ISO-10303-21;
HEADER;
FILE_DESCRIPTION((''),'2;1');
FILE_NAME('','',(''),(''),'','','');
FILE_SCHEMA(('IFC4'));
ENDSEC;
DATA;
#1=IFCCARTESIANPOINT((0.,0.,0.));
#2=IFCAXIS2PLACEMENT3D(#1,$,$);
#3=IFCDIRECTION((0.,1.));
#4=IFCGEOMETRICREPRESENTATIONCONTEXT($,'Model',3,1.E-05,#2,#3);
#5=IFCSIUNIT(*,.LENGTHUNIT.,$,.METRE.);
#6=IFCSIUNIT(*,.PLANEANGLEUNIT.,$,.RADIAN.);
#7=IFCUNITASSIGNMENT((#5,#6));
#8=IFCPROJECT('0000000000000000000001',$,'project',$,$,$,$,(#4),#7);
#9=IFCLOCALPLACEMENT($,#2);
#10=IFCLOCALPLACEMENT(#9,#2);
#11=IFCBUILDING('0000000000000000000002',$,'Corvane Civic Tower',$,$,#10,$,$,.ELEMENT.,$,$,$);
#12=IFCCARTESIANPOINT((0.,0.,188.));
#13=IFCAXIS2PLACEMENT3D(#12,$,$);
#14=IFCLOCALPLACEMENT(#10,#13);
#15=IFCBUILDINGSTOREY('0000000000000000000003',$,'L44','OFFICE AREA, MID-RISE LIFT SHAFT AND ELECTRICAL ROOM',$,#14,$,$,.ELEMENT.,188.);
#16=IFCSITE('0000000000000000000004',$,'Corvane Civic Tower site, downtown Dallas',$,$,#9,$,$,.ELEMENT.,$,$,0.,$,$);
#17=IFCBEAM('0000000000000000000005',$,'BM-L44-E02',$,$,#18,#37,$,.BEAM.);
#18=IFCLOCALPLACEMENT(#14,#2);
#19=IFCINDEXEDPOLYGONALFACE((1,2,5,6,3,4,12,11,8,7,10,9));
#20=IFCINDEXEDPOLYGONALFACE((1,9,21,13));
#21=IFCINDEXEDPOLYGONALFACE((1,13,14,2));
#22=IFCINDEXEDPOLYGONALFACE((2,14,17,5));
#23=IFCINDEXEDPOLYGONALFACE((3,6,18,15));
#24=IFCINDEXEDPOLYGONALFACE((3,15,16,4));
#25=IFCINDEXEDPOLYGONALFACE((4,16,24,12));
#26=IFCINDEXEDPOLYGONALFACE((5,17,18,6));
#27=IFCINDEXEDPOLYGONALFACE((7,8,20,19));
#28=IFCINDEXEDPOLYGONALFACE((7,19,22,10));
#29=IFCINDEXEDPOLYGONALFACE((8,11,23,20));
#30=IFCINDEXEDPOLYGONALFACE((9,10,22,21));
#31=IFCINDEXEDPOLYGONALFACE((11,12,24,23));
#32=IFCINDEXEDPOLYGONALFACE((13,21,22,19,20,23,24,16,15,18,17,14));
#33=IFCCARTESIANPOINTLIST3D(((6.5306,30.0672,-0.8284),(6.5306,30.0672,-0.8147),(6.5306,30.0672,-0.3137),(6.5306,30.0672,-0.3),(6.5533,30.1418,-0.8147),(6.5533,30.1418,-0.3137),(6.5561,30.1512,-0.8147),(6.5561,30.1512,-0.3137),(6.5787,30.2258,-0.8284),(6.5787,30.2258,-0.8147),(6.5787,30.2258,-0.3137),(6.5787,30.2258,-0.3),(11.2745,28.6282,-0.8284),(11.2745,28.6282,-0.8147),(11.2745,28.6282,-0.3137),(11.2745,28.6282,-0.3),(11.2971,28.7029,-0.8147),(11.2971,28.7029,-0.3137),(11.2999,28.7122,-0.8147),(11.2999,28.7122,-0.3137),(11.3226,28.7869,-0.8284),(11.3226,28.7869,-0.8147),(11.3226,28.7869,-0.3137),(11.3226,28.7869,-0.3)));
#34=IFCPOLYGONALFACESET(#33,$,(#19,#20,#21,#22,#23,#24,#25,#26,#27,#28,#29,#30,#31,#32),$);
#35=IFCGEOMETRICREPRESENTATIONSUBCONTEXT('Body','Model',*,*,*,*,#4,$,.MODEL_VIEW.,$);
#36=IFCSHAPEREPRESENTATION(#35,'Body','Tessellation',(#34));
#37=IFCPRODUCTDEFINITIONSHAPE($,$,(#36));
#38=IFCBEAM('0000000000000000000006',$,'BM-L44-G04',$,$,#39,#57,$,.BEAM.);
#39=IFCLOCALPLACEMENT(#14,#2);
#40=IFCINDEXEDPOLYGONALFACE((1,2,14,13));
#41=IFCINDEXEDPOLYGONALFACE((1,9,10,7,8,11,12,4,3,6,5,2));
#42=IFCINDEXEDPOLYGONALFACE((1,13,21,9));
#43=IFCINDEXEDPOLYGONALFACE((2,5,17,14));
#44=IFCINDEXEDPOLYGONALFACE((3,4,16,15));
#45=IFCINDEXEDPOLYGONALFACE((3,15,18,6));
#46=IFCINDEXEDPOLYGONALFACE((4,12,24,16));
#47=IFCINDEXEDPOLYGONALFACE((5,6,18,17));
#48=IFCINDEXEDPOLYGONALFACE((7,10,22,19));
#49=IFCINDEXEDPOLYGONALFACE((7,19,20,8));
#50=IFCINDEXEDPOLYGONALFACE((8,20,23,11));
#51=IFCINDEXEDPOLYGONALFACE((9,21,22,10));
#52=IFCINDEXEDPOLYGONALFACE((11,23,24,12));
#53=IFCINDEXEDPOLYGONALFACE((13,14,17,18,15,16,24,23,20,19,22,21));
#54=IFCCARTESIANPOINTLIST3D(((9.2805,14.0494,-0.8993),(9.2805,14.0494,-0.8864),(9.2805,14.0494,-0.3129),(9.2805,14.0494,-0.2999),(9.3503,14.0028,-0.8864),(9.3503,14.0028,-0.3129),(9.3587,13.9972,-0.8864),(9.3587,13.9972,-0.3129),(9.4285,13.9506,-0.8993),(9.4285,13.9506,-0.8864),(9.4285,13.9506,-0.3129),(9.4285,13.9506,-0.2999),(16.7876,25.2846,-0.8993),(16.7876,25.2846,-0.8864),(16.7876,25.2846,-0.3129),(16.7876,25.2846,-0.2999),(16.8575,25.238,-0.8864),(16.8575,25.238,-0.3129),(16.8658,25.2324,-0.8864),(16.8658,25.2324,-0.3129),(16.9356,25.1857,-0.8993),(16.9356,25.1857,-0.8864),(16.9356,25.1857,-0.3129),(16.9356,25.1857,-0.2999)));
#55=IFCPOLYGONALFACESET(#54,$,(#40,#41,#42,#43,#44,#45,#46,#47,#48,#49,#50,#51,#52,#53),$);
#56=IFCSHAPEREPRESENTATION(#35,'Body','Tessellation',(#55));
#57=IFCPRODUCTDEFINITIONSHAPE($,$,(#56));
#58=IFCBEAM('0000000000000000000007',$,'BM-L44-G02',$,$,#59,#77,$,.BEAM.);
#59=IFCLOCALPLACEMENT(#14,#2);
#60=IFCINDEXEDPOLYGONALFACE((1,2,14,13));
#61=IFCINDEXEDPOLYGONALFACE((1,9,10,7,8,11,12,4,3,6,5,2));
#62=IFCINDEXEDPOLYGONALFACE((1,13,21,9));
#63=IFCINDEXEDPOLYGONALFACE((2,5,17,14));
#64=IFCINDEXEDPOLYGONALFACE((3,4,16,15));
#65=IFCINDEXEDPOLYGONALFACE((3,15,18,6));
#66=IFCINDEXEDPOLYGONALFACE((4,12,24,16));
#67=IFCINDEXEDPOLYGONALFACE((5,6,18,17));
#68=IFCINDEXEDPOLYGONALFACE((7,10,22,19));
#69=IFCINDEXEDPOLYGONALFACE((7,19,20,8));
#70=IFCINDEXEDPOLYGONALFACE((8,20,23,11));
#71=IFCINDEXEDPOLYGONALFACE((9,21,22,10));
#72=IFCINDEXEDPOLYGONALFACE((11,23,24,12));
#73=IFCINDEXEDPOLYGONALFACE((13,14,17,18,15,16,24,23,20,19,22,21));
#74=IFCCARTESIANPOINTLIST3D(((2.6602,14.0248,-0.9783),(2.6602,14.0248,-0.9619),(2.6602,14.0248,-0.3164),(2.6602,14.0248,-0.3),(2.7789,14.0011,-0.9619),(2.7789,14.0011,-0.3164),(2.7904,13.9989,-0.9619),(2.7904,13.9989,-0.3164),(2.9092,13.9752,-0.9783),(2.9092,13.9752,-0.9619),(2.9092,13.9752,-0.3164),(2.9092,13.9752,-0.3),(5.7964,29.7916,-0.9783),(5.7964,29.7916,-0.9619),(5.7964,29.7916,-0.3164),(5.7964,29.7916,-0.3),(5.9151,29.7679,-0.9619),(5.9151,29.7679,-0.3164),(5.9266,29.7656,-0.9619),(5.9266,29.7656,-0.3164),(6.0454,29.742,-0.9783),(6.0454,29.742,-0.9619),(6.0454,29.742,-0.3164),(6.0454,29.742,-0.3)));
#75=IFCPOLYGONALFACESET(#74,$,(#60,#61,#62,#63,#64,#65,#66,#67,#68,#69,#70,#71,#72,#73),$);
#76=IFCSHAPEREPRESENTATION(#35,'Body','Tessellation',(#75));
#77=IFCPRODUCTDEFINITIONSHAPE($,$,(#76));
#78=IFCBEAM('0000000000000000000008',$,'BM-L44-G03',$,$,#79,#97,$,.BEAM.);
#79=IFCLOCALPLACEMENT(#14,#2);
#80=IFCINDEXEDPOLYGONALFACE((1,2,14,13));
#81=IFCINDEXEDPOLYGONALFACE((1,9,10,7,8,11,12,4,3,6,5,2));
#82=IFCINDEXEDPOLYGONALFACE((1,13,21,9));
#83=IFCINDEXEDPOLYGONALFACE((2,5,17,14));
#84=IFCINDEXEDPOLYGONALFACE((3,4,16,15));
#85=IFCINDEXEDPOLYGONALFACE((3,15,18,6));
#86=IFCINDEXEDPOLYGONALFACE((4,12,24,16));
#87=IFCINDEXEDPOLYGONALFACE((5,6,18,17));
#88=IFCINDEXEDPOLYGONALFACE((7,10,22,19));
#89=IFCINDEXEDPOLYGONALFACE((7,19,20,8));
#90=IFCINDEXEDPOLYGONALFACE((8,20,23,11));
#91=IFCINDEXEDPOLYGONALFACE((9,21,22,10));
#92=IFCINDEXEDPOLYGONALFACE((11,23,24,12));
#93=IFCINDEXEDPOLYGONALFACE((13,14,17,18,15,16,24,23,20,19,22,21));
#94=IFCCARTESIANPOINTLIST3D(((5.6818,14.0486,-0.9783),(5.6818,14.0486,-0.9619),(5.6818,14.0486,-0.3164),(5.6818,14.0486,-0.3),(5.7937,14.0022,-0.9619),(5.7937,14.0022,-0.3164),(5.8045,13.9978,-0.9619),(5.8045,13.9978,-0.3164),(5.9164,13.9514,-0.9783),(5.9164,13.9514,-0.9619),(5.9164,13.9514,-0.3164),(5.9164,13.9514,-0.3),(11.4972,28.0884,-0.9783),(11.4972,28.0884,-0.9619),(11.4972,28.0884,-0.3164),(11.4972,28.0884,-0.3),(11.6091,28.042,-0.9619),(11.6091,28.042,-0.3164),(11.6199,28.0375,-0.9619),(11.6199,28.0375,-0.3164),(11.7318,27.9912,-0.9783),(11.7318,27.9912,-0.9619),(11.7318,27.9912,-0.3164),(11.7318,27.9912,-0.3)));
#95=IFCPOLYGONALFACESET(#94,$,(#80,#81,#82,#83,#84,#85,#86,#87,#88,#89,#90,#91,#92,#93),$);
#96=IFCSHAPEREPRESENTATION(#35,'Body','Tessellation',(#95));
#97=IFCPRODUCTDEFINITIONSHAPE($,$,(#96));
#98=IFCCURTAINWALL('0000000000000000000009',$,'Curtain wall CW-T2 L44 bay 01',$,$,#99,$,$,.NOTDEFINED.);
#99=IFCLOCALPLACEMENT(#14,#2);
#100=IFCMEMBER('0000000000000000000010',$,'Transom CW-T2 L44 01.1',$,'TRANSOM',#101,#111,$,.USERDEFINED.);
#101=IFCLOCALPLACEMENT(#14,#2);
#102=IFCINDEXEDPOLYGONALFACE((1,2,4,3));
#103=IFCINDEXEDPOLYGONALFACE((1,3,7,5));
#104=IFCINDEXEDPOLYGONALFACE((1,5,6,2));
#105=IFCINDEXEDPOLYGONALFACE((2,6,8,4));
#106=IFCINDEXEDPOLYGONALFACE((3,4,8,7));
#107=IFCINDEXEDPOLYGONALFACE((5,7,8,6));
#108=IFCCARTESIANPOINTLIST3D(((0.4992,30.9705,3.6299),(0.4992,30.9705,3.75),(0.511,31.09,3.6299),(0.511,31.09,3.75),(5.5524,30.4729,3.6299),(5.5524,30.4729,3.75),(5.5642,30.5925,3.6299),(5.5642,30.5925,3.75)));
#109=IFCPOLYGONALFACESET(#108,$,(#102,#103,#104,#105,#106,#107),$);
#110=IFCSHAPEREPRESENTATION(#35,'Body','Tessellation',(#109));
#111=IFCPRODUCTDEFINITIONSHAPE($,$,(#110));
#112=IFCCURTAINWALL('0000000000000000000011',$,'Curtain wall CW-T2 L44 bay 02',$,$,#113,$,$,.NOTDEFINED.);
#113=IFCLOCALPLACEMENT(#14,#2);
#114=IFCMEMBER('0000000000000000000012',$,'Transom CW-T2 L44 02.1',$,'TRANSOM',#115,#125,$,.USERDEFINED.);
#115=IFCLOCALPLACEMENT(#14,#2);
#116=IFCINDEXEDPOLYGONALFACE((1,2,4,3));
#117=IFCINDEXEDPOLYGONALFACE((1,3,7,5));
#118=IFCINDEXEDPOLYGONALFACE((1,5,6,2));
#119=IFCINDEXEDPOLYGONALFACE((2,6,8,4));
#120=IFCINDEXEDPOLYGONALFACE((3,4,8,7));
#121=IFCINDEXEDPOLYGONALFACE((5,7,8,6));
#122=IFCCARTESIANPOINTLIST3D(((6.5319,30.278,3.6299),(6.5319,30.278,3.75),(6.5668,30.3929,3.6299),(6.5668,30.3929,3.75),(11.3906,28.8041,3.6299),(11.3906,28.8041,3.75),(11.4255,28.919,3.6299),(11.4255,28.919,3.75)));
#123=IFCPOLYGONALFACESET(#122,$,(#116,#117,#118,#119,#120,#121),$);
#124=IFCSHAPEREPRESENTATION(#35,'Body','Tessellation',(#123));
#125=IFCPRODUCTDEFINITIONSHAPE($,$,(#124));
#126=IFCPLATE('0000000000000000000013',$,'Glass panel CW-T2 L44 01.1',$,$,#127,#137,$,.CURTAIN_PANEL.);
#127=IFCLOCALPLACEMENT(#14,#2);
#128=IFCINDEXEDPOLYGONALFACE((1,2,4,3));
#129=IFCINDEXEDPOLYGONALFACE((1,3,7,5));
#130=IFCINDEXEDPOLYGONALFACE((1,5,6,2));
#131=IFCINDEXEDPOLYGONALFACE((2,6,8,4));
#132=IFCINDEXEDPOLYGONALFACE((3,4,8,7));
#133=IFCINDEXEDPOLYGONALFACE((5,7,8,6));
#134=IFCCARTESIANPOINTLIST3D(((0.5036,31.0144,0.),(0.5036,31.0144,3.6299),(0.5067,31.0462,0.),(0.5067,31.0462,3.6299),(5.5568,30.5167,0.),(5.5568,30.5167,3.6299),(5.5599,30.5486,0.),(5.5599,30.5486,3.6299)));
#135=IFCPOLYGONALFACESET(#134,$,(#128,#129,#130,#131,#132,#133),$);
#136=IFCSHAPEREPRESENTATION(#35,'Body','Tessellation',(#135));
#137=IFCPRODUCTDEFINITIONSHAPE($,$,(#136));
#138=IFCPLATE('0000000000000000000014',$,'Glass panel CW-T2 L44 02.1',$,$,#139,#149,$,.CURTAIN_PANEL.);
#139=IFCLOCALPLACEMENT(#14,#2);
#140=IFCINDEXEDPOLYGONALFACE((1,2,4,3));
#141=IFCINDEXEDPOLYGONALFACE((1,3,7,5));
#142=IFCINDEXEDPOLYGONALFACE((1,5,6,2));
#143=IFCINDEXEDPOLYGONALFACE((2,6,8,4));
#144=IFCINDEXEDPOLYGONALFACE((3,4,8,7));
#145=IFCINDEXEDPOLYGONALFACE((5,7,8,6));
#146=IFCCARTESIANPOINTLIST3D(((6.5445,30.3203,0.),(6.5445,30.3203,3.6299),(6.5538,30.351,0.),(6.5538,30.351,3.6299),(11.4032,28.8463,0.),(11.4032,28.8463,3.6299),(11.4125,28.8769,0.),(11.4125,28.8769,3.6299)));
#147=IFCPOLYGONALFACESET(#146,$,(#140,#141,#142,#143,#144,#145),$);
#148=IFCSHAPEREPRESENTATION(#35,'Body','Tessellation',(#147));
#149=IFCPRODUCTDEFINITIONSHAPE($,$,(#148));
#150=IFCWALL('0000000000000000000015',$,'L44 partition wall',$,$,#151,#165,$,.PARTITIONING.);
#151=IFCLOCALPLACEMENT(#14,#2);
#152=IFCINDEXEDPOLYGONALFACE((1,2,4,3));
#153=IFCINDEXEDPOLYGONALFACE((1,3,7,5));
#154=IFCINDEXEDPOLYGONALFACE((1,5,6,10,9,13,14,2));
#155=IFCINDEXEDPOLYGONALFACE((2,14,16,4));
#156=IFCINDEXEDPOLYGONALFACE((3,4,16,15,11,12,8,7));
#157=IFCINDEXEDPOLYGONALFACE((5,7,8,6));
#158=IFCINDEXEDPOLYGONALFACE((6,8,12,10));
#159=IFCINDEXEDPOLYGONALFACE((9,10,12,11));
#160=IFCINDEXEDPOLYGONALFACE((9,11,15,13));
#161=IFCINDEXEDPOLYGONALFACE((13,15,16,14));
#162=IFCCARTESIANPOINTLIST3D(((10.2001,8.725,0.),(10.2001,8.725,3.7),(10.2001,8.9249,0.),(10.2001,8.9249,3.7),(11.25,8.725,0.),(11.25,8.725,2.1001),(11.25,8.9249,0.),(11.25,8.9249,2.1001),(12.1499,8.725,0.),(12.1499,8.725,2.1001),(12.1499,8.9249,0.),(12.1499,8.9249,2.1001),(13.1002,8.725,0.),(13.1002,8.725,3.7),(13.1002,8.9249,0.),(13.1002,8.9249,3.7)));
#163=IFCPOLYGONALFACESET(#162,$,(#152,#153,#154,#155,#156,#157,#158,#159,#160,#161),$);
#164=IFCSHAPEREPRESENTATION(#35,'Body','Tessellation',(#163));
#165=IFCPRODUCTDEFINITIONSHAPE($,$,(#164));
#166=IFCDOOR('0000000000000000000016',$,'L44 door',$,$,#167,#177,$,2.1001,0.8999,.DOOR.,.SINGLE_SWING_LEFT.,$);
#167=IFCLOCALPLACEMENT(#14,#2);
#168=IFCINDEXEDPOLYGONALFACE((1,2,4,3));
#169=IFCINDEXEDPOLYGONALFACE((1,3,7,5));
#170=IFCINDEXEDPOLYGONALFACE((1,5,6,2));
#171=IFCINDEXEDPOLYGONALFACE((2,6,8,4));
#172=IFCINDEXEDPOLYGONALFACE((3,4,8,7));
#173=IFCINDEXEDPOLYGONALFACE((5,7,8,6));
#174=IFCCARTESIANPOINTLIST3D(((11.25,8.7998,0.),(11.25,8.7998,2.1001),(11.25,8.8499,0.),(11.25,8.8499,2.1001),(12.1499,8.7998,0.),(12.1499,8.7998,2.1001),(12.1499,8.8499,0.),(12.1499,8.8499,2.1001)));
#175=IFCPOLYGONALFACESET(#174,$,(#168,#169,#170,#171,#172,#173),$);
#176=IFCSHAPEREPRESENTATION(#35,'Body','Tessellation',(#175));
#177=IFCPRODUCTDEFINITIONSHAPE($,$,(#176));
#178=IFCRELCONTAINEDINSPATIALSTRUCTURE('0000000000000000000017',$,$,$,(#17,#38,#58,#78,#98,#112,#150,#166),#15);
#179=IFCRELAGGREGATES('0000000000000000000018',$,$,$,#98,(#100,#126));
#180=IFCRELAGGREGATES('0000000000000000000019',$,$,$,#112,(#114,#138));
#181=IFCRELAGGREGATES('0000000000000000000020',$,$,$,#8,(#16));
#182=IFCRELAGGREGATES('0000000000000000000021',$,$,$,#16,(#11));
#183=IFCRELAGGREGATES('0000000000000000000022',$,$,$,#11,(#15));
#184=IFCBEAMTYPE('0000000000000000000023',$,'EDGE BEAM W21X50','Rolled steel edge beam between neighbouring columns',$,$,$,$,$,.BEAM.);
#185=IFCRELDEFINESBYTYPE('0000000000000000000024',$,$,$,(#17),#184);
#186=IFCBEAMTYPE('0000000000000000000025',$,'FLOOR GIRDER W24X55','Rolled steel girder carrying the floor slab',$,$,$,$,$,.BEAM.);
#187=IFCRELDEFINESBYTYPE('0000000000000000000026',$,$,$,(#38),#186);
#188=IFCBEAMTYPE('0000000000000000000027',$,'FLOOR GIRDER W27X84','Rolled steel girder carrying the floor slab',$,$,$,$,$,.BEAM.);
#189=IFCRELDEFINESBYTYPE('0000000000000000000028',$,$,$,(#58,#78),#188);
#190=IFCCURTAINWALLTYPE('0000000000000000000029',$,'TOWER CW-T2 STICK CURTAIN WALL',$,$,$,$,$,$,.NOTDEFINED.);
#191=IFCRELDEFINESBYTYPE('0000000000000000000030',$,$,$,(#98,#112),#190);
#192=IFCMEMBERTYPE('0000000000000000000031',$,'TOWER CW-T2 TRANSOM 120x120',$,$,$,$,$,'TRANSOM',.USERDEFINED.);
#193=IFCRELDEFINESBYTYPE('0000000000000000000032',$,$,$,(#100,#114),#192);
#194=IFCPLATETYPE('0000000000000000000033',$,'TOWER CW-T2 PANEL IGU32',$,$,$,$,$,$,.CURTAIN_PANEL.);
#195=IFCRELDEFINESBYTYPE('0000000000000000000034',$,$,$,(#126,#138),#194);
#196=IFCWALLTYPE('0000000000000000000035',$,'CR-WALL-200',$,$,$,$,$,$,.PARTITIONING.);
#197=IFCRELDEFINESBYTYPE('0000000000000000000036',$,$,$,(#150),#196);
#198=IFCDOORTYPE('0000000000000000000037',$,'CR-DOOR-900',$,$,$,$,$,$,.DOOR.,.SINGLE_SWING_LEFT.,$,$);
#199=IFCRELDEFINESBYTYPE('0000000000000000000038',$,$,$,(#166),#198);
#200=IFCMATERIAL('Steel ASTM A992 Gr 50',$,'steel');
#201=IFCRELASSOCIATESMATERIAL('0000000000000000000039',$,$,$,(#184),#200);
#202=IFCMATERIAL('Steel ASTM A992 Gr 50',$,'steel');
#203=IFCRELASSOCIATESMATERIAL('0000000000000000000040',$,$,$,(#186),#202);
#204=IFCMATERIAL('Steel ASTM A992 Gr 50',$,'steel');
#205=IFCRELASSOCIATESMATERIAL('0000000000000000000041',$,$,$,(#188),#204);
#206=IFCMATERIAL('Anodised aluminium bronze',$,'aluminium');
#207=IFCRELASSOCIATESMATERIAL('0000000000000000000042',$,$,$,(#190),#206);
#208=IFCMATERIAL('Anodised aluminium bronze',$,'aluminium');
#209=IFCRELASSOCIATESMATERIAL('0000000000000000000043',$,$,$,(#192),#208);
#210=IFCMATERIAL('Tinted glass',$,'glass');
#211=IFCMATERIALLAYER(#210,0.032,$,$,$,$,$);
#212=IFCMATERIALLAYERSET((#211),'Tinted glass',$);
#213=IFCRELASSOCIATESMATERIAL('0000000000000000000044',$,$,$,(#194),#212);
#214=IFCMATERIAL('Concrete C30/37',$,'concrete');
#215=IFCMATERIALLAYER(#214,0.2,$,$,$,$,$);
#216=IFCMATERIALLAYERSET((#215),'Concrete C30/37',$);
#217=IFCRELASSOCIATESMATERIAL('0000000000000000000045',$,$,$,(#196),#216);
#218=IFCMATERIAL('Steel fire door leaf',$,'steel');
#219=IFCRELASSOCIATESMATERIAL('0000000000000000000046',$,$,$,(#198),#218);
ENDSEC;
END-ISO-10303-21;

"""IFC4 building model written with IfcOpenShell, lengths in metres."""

from ifc_helpers import new_model, si_unit, direction, frame, frame_2d, origin, origin_2d, place, context, subcontext, project, spatial, rectangle, i_section, extrude, material, layer, layer_set, material_profile, profile_set, type_object, element, fill, aggregate, save


model = new_model("IFC4")

# Units and contexts
model_context = context("Model", 3, precision=1e-05, world=origin(), true_north=direction((0.0, 1.0)))
body_context = subcontext(model_context, "Body", "Model", "MODEL_VIEW")
ifc_project = project(units=[si_unit("LENGTHUNIT", "METRE"), si_unit("PLANEANGLEUNIT", "RADIAN")], contexts=[model_context])

# Site, building, storey
site_placement = place(None, origin())
site = spatial("IfcSite", under=ifc_project, at=site_placement, Name="Corvane Civic Tower site, downtown Dallas", CompositionType="ELEMENT", RefElevation=0.0)
building_placement = place(site_placement, origin())
building = spatial("IfcBuilding", under=site, at=building_placement, Name="Corvane Civic Tower", CompositionType="ELEMENT")
storey_placement = place(building_placement, frame((0.0, 0.0, 188.0)))
storey = spatial("IfcBuildingStorey", under=building, at=storey_placement, Name="L44", Description="OFFICE AREA, MID-RISE LIFT SHAFT AND ELECTRICAL ROOM", CompositionType="ELEMENT", Elevation=188.0)

# Beams
ifc_material_1 = material(Name="Steel ASTM A992 Gr 50", Category="steel")
ifc_material_profile_1 = material_profile(ifc_material_1, i_section(OverallWidth=0.1658, OverallDepth=0.5283, WebThickness=0.0098, FlangeThickness=0.0137, at=origin_2d()), Name="W21X50")
ifc_profile_set_1 = profile_set([ifc_material_profile_1], Name="Steel ASTM A992 Gr 50")
beam_type_1 = type_object("IfcBeamType", Name="EDGE BEAM W21X50", Description="Rolled steel edge beam between neighbouring columns", PredefinedType="BEAM", material=ifc_profile_set_1)
beam_1_placement = place(storey_placement, frame((6.5547, 30.1465, -0.5642), z_axis=(0.956945, -0.29027, 0.0), x_axis=(0.29027, 0.956945, 0.0)))
element("IfcBeam", 1, at=beam_1_placement, inside=storey, type_object=beam_type_1, Name="BM-L44-E02", PredefinedType="BEAM", context=body_context, shape_type="SweptSolid", body=[
    extrude(i_section(OverallWidth=0.1658, OverallDepth=0.5283, WebThickness=0.0098, FlangeThickness=0.0137, at=origin_2d()), origin(), (0.0, 0.0, 1.0), 4.9573),
])
ifc_material_2 = material(Name="Steel ASTM A992 Gr 50", Category="steel")
ifc_material_profile_2 = material_profile(ifc_material_2, i_section(OverallWidth=0.178, OverallDepth=0.5994, WebThickness=0.01, FlangeThickness=0.0129, at=origin_2d()), Name="W24X55")
ifc_profile_set_2 = profile_set([ifc_material_profile_2], Name="Steel ASTM A992 Gr 50")
beam_type_2 = type_object("IfcBeamType", Name="FLOOR GIRDER W24X55", Description="Rolled steel girder carrying the floor slab", PredefinedType="BEAM", material=ifc_profile_set_2)
beam_2_placement = place(storey_placement, frame((9.3545, 14.0, -0.5996), z_axis=(0.555571, 0.831469, 0.0), x_axis=(-0.831469, 0.555571, 0.0)))
element("IfcBeam", 2, at=beam_2_placement, inside=storey, type_object=beam_type_2, Name="BM-L44-G04", PredefinedType="BEAM", context=body_context, shape_type="SweptSolid", body=[
    extrude(i_section(OverallWidth=0.178, OverallDepth=0.5994, WebThickness=0.01, FlangeThickness=0.0129, at=origin_2d()), origin(), (0.0, 0.0, 1.0), 13.5125),
])
ifc_material_3 = material(Name="Steel ASTM A992 Gr 50", Category="steel")
ifc_material_profile_3 = material_profile(ifc_material_3, i_section(OverallWidth=0.2539, OverallDepth=0.6782, WebThickness=0.0117, FlangeThickness=0.0164, at=origin_2d()), Name="W27X84")
ifc_profile_set_3 = profile_set([ifc_material_profile_3], Name="Steel ASTM A992 Gr 50")
beam_type_3 = type_object("IfcBeamType", Name="FLOOR GIRDER W27X84", Description="Rolled steel girder carrying the floor slab", PredefinedType="BEAM", material=ifc_profile_set_3)
beam_3_placement = place(storey_placement, frame((2.7847, 14.0, -0.6392), z_axis=(0.195091, 0.980785, 0.0), x_axis=(-0.980785, 0.195091, 0.0)))
element("IfcBeam", 3, at=beam_3_placement, inside=storey, type_object=beam_type_3, Name="BM-L44-G02", PredefinedType="BEAM", context=body_context, shape_type="SweptSolid", body=[
    extrude(i_section(OverallWidth=0.2539, OverallDepth=0.6782, WebThickness=0.0117, FlangeThickness=0.0164, at=origin_2d()), origin(), (0.0, 0.0, 1.0), 16.0757),
])
beam_4_placement = place(storey_placement, frame((5.7991, 14.0, -0.6392), z_axis=(0.382681, 0.923881, 0.0), x_axis=(-0.923881, 0.382681, 0.0)))
element("IfcBeam", 4, at=beam_4_placement, inside=storey, type_object=beam_type_3, Name="BM-L44-G03", PredefinedType="BEAM", context=body_context, shape_type="SweptSolid", body=[
    extrude(i_section(OverallWidth=0.2539, OverallDepth=0.6782, WebThickness=0.0117, FlangeThickness=0.0164, at=origin_2d()), origin(), (0.0, 0.0, 1.0), 15.1965),
])

# Curtain walls, members
ifc_material_4 = material(Name="Anodised aluminium bronze", Category="aluminium")
curtain_wall_type = type_object("IfcCurtainWallType", Name="TOWER CW-T2 STICK CURTAIN WALL", PredefinedType="NOTDEFINED", material=ifc_material_4)
curtain_wall_1_placement = place(storey_placement, origin())
curtain_wall_1 = element("IfcCurtainWall", 5, at=curtain_wall_1_placement, inside=storey, type_object=curtain_wall_type, Name="Curtain wall CW-T2 L44 bay 01", PredefinedType="NOTDEFINED")
ifc_material_5 = material(Name="Anodised aluminium bronze", Category="aluminium")
ifc_material_profile_4 = material_profile(ifc_material_5, rectangle(XDim=0.1201, YDim=0.1201, at=origin_2d()), Name="TOWER CW-T2 TRANSOM 120x120")
ifc_profile_set_4 = profile_set([ifc_material_profile_4], Name="Anodised aluminium bronze")
member_type = type_object("IfcMemberType", Name="TOWER CW-T2 TRANSOM 120x120", ElementType="TRANSOM", PredefinedType="USERDEFINED", material=ifc_profile_set_4)
member_1_placement = place(storey_placement, frame((0.5051, 31.0303, 3.6899), z_axis=(0.995187, -0.09799, 0.0), x_axis=(0.09799, 0.995187, 0.0)))
member_1 = element("IfcMember", 6, at=member_1_placement, type_object=member_type, Name="Transom CW-T2 L44 01.1", ObjectType="TRANSOM", PredefinedType="USERDEFINED", context=body_context, shape_type="SweptSolid", body=[
    extrude(rectangle(XDim=0.1201, YDim=0.1201, at=origin_2d()), origin(), (0.0, 0.0, 1.0), 5.0776),
])
curtain_wall_2_placement = place(storey_placement, origin())
curtain_wall_2 = element("IfcCurtainWall", 7, at=curtain_wall_2_placement, inside=storey, type_object=curtain_wall_type, Name="Curtain wall CW-T2 L44 bay 02", PredefinedType="NOTDEFINED")
member_2_placement = place(storey_placement, frame((6.5493, 30.3354, 3.6899), z_axis=(0.956939, -0.290289, 0.0), x_axis=(0.290289, 0.956939, 0.0)))
member_2 = element("IfcMember", 8, at=member_2_placement, type_object=member_type, Name="Transom CW-T2 L44 02.1", ObjectType="TRANSOM", PredefinedType="USERDEFINED", context=body_context, shape_type="SweptSolid", body=[
    extrude(rectangle(XDim=0.1201, YDim=0.1201, at=origin_2d()), origin(), (0.0, 0.0, 1.0), 5.0774),
])

# Plates
ifc_material_6 = material(Name="Tinted glass", Category="glass")
ifc_layer_1 = layer(ifc_material_6, 0.032)
ifc_layer_set_1 = layer_set([ifc_layer_1], Name="Tinted glass")
plate_type = type_object("IfcPlateType", Name="TOWER CW-T2 PANEL IGU32", PredefinedType="CURTAIN_PANEL", material=ifc_layer_set_1)
plate_1_placement = place(storey_placement, frame((3.0317, 30.7815, 0.0), z_axis=(0.0, 0.0, 1.0), x_axis=(0.995185, -0.098012, 0.0)))
plate_1 = element("IfcPlate", 9, at=plate_1_placement, type_object=plate_type, Name="Glass panel CW-T2 L44 01.1", PredefinedType="CURTAIN_PANEL", context=body_context, shape_type="SweptSolid", body=[
    extrude(rectangle(XDim=5.0776, YDim=0.032, at=origin_2d()), origin(), (0.0, 0.0, 1.0), 3.6299),
])
aggregate(curtain_wall_1, [member_1, plate_1])
plate_2_placement = place(storey_placement, frame((8.9785, 29.5986, 0.0), z_axis=(0.0, 0.0, 1.0), x_axis=(0.956932, -0.290313, 0.0)))
plate_2 = element("IfcPlate", 10, at=plate_2_placement, type_object=plate_type, Name="Glass panel CW-T2 L44 02.1", PredefinedType="CURTAIN_PANEL", context=body_context, shape_type="SweptSolid", body=[
    extrude(rectangle(XDim=5.0774, YDim=0.032, at=origin_2d()), origin(), (0.0, 0.0, 1.0), 3.6299),
])
aggregate(curtain_wall_2, [member_2, plate_2])

# Wall, opening, door
ifc_material_7 = material(Name="Concrete C30/37", Category="concrete")
ifc_layer_2 = layer(ifc_material_7, 0.2)
ifc_layer_set_2 = layer_set([ifc_layer_2], Name="Concrete C30/37")
wall_type_1 = type_object("IfcWallType", Name="CR-WALL-200", PredefinedType="PARTITIONING", material=ifc_layer_set_2)
wall_1_placement = place(storey_placement, frame((10.2, 8.825, 0.0), z_axis=(0.0, 0.0, 1.0), x_axis=(1.0, 0.0, 0.0)))
wall_1 = element("IfcWall", 11, at=wall_1_placement, inside=storey, type_object=wall_type_1, Name="L44 partition wall", PredefinedType="PARTITIONING", context=body_context, shape_type="SweptSolid", body=[
    extrude(rectangle(XDim=2.9001, YDim=0.2, at=frame_2d((1.4502, 0.0))), origin(), (0.0, 0.0, 1.0), 3.7),
])
opening_placement = place(wall_1_placement, frame((1.05, 0.0, 0.0)))
opening = element("IfcOpeningElement", 12, at=opening_placement, cuts=wall_1, PredefinedType="OPENING", context=body_context, shape_type="SweptSolid", body=[
    extrude(rectangle(XDim=0.8999, YDim=2.1001, at=frame_2d((0.45, 1.05))), frame((0.0, 0.1099, 0.0), z_axis=(0.0, -1.0, 0.0), x_axis=(1.0, 0.0, 0.0)), (0.0, 0.0, 1.0), 0.22),
])
ifc_material_8 = material(Name="Steel fire door leaf", Category="steel")
door_type = type_object("IfcDoorType", Name="CR-DOOR-900", OperationType="SINGLE_SWING_LEFT", PredefinedType="DOOR", material=ifc_material_8)
door_placement = place(opening_placement, origin())
door = element("IfcDoor", 13, at=door_placement, inside=storey, type_object=door_type, Name="L44 door", OperationType="SINGLE_SWING_LEFT", OverallHeight=2.1001, OverallWidth=0.8999, PredefinedType="DOOR", context=body_context, shape_type="SweptSolid", body=[
    extrude(rectangle(XDim=0.8999, YDim=2.1001, at=frame_2d((0.45, 1.05))), frame((0.0, 0.0249, 0.0), z_axis=(0.0, -1.0, 0.0), x_axis=(1.0, 0.0, 0.0)), (0.0, 0.0, 1.0), 0.05),
])
fill(opening, door)

save(model, "model.ifc")
